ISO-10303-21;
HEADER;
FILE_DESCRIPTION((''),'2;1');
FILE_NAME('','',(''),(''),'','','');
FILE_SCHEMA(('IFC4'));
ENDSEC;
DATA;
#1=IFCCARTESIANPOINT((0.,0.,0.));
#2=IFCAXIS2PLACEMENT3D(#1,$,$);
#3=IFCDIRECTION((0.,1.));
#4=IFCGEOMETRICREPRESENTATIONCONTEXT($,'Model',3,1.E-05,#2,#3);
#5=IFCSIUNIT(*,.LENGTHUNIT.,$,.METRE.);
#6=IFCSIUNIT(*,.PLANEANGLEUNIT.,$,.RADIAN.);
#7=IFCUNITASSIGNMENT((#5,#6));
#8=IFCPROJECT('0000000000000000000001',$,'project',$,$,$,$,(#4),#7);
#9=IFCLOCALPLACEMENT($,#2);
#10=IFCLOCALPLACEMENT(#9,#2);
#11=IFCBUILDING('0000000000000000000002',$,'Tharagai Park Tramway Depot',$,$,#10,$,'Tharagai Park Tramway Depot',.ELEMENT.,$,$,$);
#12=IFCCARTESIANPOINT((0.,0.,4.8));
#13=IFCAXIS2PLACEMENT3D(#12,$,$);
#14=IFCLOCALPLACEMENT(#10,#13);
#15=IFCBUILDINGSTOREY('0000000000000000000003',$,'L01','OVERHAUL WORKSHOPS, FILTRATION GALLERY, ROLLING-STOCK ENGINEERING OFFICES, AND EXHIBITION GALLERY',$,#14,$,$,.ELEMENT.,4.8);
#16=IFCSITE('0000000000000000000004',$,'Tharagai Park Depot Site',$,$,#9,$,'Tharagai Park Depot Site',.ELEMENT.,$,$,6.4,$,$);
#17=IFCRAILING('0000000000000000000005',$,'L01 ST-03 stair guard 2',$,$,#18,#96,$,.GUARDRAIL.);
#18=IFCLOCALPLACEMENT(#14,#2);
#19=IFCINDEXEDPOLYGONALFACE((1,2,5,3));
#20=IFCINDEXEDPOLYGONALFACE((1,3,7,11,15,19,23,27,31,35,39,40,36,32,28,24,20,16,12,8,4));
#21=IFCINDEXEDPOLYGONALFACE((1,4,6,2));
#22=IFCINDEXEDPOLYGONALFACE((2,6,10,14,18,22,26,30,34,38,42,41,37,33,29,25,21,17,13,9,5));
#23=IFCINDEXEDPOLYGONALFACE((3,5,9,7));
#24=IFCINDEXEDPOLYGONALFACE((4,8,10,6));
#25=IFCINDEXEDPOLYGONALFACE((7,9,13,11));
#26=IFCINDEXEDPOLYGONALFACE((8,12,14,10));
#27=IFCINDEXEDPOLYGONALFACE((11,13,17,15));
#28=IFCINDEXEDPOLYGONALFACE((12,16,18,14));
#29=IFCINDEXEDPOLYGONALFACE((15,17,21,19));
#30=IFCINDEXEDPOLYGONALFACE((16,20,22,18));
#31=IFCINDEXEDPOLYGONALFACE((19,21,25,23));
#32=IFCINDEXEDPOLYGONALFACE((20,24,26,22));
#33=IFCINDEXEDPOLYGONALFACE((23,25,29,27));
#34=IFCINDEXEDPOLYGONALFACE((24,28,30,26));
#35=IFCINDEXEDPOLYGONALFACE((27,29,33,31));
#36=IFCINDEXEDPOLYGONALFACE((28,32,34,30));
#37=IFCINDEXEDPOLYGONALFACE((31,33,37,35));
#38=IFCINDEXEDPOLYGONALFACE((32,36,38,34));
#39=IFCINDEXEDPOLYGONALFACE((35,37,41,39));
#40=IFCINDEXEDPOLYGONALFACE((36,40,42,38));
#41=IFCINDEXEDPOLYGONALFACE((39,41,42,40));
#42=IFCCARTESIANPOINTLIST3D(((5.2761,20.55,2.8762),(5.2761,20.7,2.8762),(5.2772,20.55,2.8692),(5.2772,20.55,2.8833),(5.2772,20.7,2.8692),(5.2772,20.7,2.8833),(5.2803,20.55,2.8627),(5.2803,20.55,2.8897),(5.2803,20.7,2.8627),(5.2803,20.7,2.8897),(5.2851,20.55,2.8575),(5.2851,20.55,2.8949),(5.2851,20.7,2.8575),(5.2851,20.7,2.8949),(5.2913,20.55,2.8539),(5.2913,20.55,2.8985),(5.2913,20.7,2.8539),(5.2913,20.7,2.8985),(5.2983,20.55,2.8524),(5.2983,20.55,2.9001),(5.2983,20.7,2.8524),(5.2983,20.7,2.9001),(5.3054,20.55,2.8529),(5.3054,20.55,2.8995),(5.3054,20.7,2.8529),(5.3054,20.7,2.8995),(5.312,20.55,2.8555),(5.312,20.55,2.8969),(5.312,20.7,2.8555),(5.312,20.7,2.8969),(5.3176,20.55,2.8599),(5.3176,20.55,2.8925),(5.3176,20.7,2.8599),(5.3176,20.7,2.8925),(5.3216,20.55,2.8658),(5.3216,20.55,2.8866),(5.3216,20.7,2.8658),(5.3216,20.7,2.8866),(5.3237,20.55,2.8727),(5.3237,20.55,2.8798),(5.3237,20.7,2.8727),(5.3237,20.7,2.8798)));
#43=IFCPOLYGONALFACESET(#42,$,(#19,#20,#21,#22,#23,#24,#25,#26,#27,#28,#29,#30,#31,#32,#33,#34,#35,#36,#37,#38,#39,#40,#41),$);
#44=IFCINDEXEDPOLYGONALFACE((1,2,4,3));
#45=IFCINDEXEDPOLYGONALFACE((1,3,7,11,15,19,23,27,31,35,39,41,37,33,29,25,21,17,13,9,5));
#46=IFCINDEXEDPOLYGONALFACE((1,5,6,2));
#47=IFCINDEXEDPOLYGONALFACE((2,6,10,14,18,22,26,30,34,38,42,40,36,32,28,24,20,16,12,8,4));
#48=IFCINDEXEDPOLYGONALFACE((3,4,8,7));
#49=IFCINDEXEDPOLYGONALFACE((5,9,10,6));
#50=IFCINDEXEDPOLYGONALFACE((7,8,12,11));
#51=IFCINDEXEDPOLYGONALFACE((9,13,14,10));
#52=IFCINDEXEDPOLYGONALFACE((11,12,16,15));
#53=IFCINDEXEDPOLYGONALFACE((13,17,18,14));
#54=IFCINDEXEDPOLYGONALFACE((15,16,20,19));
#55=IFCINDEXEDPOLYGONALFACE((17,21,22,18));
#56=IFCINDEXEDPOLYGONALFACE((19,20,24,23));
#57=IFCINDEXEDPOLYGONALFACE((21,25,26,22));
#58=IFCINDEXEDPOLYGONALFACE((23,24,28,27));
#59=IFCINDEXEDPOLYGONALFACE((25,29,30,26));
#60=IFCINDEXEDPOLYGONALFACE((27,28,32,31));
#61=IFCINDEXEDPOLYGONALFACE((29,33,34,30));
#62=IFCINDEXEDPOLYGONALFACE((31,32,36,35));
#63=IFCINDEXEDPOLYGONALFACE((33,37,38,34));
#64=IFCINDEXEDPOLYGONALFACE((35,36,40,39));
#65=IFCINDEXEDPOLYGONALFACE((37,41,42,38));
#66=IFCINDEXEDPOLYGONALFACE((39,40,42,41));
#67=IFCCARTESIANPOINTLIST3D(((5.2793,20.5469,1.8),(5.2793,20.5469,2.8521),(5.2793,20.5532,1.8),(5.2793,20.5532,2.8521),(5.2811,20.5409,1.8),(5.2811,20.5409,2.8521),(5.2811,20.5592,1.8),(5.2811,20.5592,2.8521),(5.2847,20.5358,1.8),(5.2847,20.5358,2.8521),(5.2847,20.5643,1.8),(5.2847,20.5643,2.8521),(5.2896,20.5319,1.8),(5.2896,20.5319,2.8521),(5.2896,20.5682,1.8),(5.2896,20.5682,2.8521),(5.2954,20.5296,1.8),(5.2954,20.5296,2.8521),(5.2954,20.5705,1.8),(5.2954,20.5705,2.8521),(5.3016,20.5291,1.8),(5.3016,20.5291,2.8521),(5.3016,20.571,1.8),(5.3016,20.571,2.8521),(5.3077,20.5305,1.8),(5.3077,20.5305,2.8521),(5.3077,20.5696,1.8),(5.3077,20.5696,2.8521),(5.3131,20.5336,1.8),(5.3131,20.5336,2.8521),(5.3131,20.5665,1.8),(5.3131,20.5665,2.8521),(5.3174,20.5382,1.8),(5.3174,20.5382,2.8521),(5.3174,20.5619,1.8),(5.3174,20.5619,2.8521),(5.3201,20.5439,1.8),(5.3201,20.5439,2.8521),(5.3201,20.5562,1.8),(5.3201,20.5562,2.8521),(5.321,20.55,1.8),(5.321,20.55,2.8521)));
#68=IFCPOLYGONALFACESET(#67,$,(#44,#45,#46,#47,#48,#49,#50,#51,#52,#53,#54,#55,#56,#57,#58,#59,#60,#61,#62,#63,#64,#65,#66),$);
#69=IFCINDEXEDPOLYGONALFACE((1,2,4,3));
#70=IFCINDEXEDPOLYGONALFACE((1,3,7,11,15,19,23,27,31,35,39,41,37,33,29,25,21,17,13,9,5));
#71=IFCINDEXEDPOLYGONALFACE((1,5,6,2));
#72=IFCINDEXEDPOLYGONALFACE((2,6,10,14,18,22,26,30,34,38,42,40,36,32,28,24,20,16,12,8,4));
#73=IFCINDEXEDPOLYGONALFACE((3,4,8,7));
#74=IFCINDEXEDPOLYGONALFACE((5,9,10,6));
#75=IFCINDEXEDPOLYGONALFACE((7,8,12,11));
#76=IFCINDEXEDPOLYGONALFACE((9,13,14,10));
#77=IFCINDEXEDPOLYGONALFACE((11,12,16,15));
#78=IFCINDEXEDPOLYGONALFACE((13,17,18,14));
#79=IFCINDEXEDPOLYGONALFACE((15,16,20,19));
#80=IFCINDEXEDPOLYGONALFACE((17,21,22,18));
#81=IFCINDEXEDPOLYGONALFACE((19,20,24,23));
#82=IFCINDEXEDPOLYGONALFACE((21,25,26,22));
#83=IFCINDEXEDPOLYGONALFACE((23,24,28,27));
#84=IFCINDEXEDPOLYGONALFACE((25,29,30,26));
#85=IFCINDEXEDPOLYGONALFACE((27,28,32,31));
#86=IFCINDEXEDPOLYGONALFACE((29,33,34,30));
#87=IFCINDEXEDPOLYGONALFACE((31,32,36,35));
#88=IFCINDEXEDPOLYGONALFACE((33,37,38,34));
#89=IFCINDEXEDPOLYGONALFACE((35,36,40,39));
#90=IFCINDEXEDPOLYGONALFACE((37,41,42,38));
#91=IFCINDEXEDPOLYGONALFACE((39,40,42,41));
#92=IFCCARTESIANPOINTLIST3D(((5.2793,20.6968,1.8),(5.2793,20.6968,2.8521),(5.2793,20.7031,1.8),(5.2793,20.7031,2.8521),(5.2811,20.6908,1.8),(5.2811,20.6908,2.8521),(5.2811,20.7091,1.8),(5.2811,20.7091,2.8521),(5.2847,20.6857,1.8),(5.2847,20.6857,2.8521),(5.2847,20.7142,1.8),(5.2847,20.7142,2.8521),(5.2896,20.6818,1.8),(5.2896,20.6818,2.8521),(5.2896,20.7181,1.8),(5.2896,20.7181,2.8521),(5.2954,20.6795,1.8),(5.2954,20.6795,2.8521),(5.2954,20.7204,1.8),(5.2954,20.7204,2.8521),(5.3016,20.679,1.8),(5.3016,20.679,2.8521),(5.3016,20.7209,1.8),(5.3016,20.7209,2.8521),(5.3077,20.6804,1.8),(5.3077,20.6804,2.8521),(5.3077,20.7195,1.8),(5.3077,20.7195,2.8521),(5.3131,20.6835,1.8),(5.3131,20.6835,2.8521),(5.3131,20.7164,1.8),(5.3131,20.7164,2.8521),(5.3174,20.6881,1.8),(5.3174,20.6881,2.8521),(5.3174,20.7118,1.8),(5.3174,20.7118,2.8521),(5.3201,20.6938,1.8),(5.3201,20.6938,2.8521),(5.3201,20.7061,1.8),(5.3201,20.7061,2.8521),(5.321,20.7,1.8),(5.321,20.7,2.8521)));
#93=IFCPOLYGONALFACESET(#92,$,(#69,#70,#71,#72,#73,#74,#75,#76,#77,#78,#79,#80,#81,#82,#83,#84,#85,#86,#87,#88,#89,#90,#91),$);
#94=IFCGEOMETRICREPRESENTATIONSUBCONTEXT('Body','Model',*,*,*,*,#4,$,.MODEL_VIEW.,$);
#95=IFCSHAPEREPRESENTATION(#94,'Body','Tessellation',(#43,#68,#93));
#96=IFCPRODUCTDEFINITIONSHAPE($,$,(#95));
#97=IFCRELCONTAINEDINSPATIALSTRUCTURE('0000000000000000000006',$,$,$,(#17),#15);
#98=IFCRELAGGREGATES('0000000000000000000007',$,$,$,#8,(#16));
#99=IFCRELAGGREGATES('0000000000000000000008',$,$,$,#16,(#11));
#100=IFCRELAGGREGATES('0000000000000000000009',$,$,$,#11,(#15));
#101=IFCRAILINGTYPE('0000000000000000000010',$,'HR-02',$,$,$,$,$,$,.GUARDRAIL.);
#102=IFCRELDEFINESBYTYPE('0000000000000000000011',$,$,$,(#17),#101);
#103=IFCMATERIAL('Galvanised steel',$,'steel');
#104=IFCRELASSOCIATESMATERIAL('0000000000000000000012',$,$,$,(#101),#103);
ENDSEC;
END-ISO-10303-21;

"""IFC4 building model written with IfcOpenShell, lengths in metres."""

from ifc_helpers import new_model, si_unit, direction, frame, origin, origin_2d, place, context, subcontext, project, spatial, circle, extrude, material, type_object, element, save


model = new_model("IFC4")

# Units and contexts
model_context = context("Model", 3, precision=1e-05, world=origin(), true_north=direction((0.0, 1.0)))
body_context = subcontext(model_context, "Body", "Model", "MODEL_VIEW")
ifc_project = project(units=[si_unit("LENGTHUNIT", "METRE"), si_unit("PLANEANGLEUNIT", "RADIAN")], contexts=[model_context])

# Site, building, storey
site_placement = place(None, origin())
site = spatial("IfcSite", under=ifc_project, at=site_placement, Name="Tharagai Park Depot Site", LongName="Tharagai Park Depot Site", CompositionType="ELEMENT", RefElevation=6.4)
building_placement = place(site_placement, origin())
building = spatial("IfcBuilding", under=site, at=building_placement, Name="Tharagai Park Tramway Depot", LongName="Tharagai Park Tramway Depot", CompositionType="ELEMENT")
storey_placement = place(building_placement, frame((0.0, 0.0, 4.8)))
storey = spatial("IfcBuildingStorey", under=building, at=storey_placement, Name="L01", Description="OVERHAUL WORKSHOPS, FILTRATION GALLERY, ROLLING-STOCK ENGINEERING OFFICES, AND EXHIBITION GALLERY", CompositionType="ELEMENT", Elevation=4.8)

# Shared definitions
ifc_material_1 = material(Name="Galvanised steel", Category="steel")

# Railing
railing_type_1 = type_object("IfcRailingType", Name="HR-02", PredefinedType="GUARDRAIL", material=ifc_material_1)
railing_1_placement = place(storey_placement, frame((5.3, 20.55, 1.8)))
element("IfcRailing", 1, at=railing_1_placement, inside=storey, type_object=railing_type_1, Name="L01 ST-03 stair guard 2", PredefinedType="GUARDRAIL", context=body_context, shape_type="SweptSolid", body=[
    extrude(circle(Radius=0.0239, at=origin_2d()), frame((0.0, 0.0, 1.0762), z_axis=(0.0, 1.0, 0.0), x_axis=(-1.0, 0.0, 0.0)), (0.0, 0.0, 1.0), 0.1499),
    extrude(circle(Radius=0.021, at=origin_2d()), origin(), (0.0, 0.0, 1.0), 1.052),
    extrude(circle(Radius=0.021, at=origin_2d()), frame((0.0, 0.1499, 0.0)), (0.0, 0.0, 1.0), 1.052),
])

save(model, "model.ifc")
